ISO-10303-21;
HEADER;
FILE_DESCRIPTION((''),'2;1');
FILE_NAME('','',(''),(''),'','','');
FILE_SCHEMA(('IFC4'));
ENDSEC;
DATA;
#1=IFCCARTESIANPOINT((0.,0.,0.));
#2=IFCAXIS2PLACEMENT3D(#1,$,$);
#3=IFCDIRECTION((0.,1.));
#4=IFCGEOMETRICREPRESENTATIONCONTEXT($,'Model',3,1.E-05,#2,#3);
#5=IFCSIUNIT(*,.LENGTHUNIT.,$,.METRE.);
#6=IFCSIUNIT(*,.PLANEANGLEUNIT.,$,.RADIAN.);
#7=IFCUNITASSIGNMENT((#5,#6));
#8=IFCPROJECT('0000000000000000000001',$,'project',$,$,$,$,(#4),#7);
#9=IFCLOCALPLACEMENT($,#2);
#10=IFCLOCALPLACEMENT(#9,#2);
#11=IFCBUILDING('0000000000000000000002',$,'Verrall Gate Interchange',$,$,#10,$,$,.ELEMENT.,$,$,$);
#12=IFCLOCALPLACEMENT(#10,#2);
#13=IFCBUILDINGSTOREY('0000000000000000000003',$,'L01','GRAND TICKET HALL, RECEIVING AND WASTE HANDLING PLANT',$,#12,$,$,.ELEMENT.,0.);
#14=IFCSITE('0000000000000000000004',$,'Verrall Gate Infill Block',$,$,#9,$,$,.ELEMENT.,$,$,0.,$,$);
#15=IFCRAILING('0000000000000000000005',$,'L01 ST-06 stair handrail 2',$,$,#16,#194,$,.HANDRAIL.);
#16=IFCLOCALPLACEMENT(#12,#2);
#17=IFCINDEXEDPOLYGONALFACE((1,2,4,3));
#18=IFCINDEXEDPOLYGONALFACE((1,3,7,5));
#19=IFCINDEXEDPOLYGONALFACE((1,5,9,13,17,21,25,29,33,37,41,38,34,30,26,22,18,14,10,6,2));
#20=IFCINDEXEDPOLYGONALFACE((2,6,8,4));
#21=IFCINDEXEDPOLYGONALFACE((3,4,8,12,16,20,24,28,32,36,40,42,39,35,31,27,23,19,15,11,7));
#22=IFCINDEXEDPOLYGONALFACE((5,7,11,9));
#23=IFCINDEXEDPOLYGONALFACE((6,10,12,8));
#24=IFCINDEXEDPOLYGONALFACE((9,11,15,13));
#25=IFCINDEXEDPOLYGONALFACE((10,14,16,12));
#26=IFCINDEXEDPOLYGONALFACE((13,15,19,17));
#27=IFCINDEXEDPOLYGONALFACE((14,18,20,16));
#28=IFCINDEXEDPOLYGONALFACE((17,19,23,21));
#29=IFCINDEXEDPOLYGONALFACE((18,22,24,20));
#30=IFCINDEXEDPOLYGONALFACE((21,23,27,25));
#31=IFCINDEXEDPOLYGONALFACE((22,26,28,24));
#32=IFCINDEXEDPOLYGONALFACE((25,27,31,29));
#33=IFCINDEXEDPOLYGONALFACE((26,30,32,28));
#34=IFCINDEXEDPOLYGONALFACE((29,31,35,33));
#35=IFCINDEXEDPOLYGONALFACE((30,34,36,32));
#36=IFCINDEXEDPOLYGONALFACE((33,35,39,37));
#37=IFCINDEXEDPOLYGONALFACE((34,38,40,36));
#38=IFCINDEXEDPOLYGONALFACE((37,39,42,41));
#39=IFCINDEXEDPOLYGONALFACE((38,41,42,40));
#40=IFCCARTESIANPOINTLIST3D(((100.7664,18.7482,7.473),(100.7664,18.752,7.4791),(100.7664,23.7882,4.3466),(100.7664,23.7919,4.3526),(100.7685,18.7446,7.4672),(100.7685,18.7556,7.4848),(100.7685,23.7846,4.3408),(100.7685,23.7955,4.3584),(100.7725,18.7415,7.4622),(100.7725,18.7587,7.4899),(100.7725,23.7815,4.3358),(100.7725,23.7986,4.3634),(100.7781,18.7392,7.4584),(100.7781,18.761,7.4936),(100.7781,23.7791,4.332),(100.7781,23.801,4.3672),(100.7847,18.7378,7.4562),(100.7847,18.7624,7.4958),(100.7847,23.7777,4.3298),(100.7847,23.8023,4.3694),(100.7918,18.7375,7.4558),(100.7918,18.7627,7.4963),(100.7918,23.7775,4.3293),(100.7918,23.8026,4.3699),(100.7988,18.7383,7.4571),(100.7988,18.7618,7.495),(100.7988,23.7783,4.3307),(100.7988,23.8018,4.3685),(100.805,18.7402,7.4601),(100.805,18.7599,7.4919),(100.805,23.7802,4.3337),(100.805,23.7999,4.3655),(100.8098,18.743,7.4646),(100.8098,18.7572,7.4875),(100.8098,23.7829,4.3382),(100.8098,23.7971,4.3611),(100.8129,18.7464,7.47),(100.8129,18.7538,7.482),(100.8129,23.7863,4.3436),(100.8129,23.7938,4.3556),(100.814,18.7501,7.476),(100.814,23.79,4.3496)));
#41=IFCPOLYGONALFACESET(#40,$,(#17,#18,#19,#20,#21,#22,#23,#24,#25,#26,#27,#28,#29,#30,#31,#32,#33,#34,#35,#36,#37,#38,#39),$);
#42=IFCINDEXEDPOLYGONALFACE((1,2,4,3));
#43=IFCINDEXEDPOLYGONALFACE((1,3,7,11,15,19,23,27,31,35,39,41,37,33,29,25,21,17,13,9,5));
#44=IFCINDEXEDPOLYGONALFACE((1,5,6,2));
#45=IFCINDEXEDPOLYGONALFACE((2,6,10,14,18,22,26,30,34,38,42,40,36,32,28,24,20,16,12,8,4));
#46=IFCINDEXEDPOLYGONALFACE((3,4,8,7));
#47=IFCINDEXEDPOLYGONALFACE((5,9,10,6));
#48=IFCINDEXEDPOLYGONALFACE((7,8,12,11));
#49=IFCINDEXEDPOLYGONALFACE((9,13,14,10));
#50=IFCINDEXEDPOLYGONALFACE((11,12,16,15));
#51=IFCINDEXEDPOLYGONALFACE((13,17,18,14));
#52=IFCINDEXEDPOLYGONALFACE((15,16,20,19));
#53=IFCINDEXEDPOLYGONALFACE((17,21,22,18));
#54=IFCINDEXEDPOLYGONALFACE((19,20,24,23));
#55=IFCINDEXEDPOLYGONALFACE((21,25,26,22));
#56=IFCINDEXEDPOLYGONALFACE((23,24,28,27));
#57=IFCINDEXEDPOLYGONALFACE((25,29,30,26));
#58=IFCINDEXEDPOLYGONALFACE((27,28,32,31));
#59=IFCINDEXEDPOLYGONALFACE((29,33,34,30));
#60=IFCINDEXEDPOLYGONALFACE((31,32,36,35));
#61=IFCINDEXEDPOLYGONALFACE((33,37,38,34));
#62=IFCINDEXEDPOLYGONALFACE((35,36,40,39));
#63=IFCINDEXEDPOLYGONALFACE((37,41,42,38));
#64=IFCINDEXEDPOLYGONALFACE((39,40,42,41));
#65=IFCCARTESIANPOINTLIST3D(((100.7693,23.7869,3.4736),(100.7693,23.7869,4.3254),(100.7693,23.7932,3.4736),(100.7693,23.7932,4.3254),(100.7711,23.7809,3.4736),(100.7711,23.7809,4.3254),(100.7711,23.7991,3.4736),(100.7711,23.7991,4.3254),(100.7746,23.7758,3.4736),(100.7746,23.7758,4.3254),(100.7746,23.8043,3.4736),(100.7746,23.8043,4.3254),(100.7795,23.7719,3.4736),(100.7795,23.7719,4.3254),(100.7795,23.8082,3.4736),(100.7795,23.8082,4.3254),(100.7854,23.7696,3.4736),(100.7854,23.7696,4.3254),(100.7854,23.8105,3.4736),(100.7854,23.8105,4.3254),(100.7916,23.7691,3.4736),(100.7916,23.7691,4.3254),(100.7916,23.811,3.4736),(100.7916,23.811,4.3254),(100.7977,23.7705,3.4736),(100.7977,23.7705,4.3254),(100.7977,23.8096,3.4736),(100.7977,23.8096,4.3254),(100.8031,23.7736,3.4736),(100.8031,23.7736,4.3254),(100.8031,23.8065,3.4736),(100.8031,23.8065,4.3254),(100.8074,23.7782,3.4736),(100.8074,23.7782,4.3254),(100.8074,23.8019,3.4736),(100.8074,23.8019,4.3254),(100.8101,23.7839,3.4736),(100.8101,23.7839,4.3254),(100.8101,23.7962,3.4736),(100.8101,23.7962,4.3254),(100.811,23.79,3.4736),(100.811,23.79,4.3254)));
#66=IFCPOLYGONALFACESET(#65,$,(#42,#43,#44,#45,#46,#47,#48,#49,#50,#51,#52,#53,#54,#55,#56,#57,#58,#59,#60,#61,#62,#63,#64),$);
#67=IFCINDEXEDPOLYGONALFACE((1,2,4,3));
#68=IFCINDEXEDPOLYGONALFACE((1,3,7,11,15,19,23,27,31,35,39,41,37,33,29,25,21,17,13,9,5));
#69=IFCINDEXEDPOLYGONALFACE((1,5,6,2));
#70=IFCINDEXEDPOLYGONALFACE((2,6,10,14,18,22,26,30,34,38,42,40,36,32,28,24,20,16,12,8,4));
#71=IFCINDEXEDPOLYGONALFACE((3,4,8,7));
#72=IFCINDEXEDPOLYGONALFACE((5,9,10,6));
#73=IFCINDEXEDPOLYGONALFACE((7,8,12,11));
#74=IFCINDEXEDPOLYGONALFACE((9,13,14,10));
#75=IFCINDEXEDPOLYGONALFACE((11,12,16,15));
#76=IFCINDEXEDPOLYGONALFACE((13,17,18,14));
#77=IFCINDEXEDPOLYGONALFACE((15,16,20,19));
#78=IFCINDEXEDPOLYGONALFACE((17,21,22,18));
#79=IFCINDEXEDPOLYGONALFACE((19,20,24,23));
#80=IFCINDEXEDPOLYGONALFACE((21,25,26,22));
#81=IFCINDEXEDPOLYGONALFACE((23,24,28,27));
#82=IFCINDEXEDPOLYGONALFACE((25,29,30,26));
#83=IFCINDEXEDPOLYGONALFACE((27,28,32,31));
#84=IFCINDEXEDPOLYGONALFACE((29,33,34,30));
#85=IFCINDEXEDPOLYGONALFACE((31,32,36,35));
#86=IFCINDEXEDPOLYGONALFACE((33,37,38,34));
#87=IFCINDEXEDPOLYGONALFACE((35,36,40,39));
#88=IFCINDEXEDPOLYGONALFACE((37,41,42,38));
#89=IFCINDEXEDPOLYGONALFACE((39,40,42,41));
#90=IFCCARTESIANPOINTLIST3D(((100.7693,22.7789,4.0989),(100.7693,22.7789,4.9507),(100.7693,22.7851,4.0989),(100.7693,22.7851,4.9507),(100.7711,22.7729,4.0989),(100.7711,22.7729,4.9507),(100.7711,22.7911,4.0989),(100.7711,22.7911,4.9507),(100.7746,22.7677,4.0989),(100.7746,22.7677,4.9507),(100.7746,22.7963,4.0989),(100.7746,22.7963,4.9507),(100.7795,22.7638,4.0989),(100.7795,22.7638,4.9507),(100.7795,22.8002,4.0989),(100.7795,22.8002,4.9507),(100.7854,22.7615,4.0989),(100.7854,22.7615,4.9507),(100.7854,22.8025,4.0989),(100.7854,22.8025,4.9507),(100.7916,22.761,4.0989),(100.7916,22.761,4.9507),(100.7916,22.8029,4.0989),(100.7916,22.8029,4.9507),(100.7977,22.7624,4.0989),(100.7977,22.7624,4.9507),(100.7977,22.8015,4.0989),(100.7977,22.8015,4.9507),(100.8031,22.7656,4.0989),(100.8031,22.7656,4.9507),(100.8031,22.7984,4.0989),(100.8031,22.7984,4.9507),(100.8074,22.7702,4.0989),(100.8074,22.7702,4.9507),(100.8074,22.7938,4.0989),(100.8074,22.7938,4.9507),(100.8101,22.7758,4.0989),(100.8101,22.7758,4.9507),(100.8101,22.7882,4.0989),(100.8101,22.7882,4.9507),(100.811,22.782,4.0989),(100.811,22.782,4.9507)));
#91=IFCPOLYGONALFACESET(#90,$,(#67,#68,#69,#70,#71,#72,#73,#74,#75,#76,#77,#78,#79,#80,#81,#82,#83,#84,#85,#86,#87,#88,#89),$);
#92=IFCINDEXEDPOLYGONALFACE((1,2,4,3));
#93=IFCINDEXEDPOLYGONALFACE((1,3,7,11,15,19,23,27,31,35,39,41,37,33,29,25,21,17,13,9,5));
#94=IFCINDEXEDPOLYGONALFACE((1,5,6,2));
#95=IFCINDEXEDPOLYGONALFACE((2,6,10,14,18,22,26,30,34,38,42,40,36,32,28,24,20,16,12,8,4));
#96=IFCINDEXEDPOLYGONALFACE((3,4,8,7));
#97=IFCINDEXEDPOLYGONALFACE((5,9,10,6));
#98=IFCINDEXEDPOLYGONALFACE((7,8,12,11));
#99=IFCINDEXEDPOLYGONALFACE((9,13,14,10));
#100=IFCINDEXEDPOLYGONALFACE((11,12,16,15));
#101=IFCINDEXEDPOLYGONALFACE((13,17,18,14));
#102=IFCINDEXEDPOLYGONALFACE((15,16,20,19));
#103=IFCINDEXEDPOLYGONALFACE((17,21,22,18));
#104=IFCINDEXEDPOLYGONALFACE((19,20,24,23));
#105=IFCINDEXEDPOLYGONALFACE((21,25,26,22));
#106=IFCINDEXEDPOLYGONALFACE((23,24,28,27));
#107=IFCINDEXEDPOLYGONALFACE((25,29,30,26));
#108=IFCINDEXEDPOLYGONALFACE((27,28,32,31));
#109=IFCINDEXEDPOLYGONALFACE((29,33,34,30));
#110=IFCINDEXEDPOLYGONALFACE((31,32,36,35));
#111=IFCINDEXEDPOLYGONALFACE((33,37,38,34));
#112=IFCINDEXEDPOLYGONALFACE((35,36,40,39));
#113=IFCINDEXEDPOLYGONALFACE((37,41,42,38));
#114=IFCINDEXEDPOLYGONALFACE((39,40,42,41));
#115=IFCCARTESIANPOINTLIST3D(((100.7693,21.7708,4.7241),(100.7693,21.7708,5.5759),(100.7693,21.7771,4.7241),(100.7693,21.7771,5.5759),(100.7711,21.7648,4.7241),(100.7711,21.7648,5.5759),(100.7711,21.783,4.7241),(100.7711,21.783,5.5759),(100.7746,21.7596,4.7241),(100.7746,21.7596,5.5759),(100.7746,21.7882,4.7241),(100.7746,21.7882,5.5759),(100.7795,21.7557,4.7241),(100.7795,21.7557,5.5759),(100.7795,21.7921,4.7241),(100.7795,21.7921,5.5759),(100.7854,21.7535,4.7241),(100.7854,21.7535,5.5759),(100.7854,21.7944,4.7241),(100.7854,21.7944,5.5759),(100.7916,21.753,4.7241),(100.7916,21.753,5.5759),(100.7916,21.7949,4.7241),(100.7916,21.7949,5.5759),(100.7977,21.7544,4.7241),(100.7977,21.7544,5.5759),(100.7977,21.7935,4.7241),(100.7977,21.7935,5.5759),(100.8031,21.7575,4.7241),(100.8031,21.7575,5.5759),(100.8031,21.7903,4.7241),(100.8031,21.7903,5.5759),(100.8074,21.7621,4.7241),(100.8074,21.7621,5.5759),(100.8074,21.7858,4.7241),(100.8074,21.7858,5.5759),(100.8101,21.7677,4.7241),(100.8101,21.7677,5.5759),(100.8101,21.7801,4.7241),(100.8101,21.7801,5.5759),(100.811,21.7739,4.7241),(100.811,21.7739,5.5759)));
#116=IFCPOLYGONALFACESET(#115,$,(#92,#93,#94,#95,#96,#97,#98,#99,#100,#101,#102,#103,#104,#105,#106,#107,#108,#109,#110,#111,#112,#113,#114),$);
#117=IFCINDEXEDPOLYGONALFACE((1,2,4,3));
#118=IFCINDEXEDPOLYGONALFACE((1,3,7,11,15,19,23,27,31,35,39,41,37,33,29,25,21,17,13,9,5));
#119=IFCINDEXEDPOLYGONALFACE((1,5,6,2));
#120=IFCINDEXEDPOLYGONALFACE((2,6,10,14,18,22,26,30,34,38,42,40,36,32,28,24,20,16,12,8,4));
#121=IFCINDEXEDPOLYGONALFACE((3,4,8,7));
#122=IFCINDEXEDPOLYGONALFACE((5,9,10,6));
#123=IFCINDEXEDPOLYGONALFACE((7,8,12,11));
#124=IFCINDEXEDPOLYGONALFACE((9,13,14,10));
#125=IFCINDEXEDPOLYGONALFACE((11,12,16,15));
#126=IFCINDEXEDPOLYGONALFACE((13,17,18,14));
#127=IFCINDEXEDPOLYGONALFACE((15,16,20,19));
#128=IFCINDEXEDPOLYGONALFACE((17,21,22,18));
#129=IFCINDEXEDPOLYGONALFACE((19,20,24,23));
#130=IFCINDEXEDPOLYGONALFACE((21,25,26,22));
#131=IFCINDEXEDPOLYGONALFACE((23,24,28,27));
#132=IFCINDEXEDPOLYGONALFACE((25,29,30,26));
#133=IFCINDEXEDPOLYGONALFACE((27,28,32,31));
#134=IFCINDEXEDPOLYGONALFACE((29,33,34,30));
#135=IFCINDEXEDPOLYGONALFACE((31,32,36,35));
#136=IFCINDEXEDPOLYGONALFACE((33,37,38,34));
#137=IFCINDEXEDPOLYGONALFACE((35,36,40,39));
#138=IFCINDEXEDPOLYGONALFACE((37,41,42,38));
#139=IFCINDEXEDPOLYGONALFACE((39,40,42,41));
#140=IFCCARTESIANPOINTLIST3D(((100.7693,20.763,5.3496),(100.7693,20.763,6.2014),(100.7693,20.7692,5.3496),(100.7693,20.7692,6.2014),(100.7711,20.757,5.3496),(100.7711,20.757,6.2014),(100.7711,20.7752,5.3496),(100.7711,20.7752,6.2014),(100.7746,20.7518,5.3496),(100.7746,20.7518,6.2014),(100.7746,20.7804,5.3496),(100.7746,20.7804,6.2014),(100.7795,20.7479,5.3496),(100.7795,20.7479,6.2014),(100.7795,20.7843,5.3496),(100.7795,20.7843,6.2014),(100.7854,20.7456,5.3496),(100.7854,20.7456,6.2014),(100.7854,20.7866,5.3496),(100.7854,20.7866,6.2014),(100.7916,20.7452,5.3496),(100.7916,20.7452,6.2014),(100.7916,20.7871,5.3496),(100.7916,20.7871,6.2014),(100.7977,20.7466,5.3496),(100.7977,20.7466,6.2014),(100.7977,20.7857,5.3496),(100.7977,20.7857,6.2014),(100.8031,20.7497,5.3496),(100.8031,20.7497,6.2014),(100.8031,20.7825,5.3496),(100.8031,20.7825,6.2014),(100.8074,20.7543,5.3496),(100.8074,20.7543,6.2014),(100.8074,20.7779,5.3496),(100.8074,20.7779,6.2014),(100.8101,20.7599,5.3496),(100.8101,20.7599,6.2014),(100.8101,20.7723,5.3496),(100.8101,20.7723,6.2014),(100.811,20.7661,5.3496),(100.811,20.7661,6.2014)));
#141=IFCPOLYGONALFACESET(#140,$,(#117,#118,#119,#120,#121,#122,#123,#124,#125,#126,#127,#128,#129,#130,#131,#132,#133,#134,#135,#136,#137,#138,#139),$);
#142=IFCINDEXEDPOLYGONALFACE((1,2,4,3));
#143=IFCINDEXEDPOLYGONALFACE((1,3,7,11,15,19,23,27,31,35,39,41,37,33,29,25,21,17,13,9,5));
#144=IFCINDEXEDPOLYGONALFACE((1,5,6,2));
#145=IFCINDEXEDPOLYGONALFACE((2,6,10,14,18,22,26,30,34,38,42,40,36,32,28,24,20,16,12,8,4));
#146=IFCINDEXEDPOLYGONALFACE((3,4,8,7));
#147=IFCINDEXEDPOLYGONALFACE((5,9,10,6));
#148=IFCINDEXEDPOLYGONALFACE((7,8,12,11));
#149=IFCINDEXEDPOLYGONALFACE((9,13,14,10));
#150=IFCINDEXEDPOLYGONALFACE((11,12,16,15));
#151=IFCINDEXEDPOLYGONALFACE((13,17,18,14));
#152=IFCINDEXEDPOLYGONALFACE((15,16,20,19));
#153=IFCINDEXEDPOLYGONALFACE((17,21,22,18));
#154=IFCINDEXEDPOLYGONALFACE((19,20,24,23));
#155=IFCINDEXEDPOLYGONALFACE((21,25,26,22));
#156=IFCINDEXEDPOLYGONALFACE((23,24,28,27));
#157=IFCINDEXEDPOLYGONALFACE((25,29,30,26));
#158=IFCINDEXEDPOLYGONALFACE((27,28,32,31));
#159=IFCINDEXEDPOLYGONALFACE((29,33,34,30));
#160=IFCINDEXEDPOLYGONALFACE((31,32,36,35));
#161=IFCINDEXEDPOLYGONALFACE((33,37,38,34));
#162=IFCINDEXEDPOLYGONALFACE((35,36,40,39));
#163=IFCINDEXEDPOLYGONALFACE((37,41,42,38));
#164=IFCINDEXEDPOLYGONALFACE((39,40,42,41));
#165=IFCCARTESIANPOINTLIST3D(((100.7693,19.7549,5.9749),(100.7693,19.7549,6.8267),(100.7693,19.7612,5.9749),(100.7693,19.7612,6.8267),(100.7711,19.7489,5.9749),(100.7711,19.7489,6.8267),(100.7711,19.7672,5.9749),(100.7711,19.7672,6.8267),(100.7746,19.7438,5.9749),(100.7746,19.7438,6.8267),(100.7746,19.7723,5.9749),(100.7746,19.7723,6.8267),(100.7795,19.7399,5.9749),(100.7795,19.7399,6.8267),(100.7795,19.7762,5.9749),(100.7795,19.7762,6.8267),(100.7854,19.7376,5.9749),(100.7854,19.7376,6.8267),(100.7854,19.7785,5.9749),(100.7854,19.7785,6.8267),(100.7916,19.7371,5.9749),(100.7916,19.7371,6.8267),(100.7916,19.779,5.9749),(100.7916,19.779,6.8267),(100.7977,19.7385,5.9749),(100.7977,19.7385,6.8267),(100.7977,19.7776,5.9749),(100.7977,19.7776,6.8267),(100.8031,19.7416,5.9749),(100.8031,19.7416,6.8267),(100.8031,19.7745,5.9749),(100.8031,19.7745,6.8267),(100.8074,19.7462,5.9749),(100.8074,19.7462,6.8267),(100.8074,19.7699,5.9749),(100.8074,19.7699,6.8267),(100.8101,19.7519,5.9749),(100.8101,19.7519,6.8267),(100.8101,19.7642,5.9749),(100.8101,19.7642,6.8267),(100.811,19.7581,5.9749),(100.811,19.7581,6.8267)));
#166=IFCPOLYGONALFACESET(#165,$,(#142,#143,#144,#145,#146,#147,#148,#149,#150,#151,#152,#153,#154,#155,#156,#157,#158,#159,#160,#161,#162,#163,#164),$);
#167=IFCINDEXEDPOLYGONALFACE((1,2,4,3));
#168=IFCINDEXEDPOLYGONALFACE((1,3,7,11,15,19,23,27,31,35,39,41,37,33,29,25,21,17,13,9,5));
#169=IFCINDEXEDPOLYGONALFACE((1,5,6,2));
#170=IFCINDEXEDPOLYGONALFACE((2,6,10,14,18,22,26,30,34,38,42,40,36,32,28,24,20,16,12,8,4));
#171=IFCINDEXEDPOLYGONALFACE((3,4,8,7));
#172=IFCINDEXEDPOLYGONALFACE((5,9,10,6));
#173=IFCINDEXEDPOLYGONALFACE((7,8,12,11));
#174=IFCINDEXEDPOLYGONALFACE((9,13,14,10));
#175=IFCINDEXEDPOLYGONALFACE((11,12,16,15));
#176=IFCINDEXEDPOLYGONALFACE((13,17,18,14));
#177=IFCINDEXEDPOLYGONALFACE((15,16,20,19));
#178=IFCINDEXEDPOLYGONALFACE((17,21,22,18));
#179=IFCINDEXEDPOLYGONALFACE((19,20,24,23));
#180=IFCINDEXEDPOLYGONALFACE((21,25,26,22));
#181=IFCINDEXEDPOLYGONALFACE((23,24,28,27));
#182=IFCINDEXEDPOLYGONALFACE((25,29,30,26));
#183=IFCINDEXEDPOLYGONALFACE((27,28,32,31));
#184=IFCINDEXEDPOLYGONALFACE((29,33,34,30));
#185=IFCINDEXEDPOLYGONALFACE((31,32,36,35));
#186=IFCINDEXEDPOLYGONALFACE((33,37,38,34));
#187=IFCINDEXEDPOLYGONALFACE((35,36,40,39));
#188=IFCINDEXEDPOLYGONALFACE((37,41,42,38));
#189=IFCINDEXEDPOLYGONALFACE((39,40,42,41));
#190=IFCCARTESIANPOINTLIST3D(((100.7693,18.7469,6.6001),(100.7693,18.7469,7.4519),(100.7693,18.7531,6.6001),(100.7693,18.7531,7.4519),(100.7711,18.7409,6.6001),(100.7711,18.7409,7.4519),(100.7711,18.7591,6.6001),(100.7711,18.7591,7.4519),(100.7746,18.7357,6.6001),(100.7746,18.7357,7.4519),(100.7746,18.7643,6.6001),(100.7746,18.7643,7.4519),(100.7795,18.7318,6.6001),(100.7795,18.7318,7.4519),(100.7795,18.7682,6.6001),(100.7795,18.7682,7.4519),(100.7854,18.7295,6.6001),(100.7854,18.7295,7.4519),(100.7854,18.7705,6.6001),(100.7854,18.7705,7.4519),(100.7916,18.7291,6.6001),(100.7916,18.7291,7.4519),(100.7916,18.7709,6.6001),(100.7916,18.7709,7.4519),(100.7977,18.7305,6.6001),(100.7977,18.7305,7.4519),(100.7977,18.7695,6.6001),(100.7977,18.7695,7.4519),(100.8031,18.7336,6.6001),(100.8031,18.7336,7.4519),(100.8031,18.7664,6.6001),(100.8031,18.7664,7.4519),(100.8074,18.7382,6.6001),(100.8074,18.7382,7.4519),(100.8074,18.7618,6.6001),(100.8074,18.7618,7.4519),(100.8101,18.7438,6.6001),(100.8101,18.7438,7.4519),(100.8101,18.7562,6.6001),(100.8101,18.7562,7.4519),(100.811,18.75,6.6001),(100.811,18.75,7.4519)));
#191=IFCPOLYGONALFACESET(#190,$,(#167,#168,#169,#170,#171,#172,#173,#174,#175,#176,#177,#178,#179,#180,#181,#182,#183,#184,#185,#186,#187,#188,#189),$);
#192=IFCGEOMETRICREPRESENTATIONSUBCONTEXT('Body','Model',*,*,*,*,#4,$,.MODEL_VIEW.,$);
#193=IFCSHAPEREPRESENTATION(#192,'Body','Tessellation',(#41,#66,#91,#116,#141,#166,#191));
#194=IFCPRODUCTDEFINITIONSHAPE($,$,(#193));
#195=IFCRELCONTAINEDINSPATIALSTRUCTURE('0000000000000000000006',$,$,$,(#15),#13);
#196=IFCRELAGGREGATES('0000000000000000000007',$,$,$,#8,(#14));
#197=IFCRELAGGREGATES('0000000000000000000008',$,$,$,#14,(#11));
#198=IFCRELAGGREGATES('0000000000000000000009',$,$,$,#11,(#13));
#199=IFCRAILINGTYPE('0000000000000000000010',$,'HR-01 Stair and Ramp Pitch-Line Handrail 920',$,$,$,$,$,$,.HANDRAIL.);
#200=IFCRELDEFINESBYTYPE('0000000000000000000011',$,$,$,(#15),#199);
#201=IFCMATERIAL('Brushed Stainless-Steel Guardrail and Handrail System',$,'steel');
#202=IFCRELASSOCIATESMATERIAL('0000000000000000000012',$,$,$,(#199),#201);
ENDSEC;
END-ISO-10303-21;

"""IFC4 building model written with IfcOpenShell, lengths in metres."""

from ifc_helpers import new_model, si_unit, direction, frame, origin, origin_2d, place, context, subcontext, project, spatial, circle, extrude, material, type_object, element, save


model = new_model("IFC4")

# Units and contexts
model_context = context("Model", 3, precision=1e-05, world=origin(), true_north=direction((0.0, 1.0)))
body_context = subcontext(model_context, "Body", "Model", "MODEL_VIEW")
ifc_project = project(units=[si_unit("LENGTHUNIT", "METRE"), si_unit("PLANEANGLEUNIT", "RADIAN")], contexts=[model_context])

# Site, building, storey
site_placement = place(None, origin())
site = spatial("IfcSite", under=ifc_project, at=site_placement, Name="Verrall Gate Infill Block", CompositionType="ELEMENT", RefElevation=0.0)
building_placement = place(site_placement, origin())
building = spatial("IfcBuilding", under=site, at=building_placement, Name="Verrall Gate Interchange", CompositionType="ELEMENT")
storey_placement = place(building_placement, origin())
storey = spatial("IfcBuildingStorey", under=building, at=storey_placement, Name="L01", Description="GRAND TICKET HALL, RECEIVING AND WASTE HANDLING PLANT", CompositionType="ELEMENT", Elevation=0.0)

# Railing
ifc_material_1 = material(Name="Brushed Stainless-Steel Guardrail and Handrail System", Category="steel")
railing_type_1 = type_object("IfcRailingType", Name="HR-01 Stair and Ramp Pitch-Line Handrail 920", PredefinedType="HANDRAIL", material=ifc_material_1)
railing_1_placement = place(storey_placement, frame((100.79, 23.79, 3.4736)))
element("IfcRailing", 1, at=railing_1_placement, inside=storey, type_object=railing_type_1, Name="L01 ST-06 stair handrail 2", PredefinedType="HANDRAIL", context=body_context, shape_type="SweptSolid", body=[
    extrude(circle(Radius=0.0239, at=origin_2d()), frame((0.0, 0.0, 0.876), z_axis=(0.0, -0.849779, 0.527139), x_axis=(1.0, 0.0, 0.0)), (0.0, 0.0, 1.0), 5.9309),
    extrude(circle(Radius=0.021, at=origin_2d()), origin(), (0.0, 0.0, 1.0), 0.8518),
    extrude(circle(Radius=0.021, at=origin_2d()), frame((0.0, -1.0081, 0.6252)), (0.0, 0.0, 1.0), 0.8518),
    extrude(circle(Radius=0.021, at=origin_2d()), frame((0.0, -2.0161, 1.2505)), (0.0, 0.0, 1.0), 0.8518),
    extrude(circle(Radius=0.021, at=origin_2d()), frame((0.0, -3.0239, 1.876)), (0.0, 0.0, 1.0), 0.8518),
    extrude(circle(Radius=0.021, at=origin_2d()), frame((0.0, -4.032, 2.5012)), (0.0, 0.0, 1.0), 0.8518),
    extrude(circle(Radius=0.021, at=origin_2d()), frame((0.0, -5.04, 3.1265)), (0.0, 0.0, 1.0), 0.8518),
])

save(model, "model.ifc")
